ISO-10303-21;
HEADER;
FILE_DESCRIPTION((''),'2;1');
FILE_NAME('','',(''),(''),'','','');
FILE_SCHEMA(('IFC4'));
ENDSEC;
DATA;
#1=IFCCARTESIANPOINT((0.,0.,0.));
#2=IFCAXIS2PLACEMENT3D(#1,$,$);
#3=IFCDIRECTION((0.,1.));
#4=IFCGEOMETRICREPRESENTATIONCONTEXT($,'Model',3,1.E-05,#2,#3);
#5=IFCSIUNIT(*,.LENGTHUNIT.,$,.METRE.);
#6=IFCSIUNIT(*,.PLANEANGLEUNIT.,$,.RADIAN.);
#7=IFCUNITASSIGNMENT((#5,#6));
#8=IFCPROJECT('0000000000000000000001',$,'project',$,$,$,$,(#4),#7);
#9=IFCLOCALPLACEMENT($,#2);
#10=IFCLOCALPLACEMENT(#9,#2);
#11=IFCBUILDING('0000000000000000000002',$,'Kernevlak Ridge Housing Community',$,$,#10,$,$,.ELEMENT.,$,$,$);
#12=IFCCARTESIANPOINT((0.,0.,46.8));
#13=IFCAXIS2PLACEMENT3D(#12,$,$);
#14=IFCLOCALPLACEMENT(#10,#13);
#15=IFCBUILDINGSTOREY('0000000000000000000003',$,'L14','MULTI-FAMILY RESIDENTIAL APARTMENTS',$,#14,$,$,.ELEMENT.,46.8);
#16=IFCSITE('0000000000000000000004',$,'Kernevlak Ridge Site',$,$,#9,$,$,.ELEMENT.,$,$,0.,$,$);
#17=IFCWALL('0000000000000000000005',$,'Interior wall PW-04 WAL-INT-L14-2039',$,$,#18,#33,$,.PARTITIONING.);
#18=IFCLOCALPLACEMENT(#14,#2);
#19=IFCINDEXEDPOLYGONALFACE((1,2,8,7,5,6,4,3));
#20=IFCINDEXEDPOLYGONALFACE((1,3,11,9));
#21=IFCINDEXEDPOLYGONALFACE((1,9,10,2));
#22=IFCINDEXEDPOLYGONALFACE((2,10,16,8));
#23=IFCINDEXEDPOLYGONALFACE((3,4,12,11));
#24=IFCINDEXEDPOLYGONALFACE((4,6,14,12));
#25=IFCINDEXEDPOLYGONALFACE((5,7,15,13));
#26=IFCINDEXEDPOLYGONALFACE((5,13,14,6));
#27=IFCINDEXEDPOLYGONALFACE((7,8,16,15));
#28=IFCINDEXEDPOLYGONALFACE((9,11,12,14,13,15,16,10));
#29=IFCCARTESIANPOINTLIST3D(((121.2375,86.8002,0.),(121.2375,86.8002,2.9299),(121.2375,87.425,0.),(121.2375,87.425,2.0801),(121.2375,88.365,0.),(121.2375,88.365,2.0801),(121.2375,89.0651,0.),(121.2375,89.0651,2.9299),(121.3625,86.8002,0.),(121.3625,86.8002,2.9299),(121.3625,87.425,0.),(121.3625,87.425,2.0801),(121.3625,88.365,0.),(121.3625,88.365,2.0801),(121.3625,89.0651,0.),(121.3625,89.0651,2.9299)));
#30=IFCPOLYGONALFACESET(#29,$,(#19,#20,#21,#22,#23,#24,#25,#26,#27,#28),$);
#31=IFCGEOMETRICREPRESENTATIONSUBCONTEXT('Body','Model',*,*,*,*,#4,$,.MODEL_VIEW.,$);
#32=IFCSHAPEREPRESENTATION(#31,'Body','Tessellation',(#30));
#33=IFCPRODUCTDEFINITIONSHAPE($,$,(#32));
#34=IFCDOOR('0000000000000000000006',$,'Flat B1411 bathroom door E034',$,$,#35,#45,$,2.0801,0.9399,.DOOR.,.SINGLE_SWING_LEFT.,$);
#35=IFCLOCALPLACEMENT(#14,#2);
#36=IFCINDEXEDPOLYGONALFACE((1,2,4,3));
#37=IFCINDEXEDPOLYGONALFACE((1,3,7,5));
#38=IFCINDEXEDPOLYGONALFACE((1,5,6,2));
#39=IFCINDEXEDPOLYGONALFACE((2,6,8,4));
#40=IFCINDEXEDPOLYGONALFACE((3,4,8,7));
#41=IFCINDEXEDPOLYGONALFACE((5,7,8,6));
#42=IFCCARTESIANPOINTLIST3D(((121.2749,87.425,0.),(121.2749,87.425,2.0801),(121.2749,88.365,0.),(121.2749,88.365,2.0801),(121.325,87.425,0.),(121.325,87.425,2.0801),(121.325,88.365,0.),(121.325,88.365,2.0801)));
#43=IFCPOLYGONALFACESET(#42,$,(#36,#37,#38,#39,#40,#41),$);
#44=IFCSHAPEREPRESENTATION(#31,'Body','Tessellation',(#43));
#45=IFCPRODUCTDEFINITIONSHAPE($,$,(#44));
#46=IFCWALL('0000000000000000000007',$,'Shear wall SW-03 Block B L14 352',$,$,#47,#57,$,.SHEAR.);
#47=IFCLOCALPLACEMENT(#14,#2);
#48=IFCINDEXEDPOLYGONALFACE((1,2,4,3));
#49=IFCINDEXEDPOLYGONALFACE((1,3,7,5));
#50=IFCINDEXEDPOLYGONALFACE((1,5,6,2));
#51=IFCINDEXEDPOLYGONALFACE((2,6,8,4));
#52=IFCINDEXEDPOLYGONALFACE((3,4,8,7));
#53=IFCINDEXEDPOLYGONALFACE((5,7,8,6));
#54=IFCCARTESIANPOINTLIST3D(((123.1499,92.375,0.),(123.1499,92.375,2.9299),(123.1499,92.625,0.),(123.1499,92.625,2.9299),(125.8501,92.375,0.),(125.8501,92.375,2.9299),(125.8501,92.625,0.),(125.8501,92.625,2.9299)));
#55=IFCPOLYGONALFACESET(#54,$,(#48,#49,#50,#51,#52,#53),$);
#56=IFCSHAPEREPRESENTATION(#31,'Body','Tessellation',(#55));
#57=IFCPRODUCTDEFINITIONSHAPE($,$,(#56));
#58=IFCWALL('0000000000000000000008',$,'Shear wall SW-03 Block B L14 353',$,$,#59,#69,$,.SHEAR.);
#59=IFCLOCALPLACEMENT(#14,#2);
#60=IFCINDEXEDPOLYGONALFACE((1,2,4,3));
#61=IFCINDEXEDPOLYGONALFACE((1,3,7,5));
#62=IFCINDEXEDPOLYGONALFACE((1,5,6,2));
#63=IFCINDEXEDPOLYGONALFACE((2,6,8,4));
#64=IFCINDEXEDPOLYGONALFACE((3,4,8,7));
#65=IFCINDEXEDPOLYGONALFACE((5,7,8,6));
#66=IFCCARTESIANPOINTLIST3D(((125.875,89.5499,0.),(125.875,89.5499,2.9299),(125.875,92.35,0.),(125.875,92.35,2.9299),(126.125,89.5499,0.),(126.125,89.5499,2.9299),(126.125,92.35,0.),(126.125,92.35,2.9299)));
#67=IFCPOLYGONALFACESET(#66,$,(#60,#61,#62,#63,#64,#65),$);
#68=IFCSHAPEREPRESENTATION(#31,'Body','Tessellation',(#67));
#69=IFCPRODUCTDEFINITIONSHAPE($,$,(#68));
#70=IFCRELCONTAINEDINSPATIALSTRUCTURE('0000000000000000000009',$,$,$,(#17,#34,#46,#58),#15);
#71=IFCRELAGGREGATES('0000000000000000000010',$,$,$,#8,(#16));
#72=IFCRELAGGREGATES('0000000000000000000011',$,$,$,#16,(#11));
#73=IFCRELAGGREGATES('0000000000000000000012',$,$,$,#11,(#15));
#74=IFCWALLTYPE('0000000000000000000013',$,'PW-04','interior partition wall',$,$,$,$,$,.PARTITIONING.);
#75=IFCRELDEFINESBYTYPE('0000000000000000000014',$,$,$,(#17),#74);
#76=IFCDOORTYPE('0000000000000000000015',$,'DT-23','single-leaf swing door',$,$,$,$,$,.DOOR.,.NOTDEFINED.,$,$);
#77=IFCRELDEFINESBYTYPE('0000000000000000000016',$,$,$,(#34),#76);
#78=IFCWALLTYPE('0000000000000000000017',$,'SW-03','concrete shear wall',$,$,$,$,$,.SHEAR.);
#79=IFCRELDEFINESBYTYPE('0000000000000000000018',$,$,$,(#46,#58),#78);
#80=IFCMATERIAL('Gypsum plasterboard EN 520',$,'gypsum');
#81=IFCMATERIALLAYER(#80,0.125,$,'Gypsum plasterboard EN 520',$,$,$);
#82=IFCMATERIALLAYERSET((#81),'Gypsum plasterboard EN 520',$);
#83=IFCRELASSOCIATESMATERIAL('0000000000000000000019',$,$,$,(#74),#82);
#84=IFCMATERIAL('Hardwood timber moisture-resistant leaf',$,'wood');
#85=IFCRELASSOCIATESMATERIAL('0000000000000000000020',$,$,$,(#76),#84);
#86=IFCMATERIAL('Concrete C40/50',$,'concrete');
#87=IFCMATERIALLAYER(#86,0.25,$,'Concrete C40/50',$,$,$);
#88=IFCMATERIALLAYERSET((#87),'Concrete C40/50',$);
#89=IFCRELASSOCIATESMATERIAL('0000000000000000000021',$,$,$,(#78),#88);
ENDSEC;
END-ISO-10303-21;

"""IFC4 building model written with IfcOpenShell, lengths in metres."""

from ifc_helpers import new_model, si_unit, direction, frame, frame_2d, origin, place, context, subcontext, project, spatial, rectangle, extrude, material, layer, layer_set, type_object, element, fill, save


model = new_model("IFC4")

# Units and contexts
model_context = context("Model", 3, precision=1e-05, world=origin(), true_north=direction((0.0, 1.0)))
body_context = subcontext(model_context, "Body", "Model", "MODEL_VIEW")
ifc_project = project(units=[si_unit("LENGTHUNIT", "METRE"), si_unit("PLANEANGLEUNIT", "RADIAN")], contexts=[model_context])

# Site, building, storey
site_placement = place(None, origin())
site = spatial("IfcSite", under=ifc_project, at=site_placement, Name="Kernevlak Ridge Site", CompositionType="ELEMENT", RefElevation=0.0)
building_placement = place(site_placement, origin())
building = spatial("IfcBuilding", under=site, at=building_placement, Name="Kernevlak Ridge Housing Community", CompositionType="ELEMENT")
storey_placement = place(building_placement, frame((0.0, 0.0, 46.8)))
storey = spatial("IfcBuildingStorey", under=building, at=storey_placement, Name="L14", Description="MULTI-FAMILY RESIDENTIAL APARTMENTS", CompositionType="ELEMENT", Elevation=46.8)

# Wall, opening, door
ifc_material_1 = material(Name="Gypsum plasterboard EN 520", Category="gypsum")
ifc_layer_1 = layer(ifc_material_1, 0.125, Name="Gypsum plasterboard EN 520")
ifc_layer_set_1 = layer_set([ifc_layer_1], Name="Gypsum plasterboard EN 520")
wall_type_1 = type_object("IfcWallType", Name="PW-04", Description="interior partition wall", PredefinedType="PARTITIONING", material=ifc_layer_set_1)
wall_1_placement = place(storey_placement, frame((121.3, 89.0649, 0.0), z_axis=(0.0, 0.0, 1.0), x_axis=(0.0, -1.0, 0.0)))
wall_1 = element("IfcWall", 1, at=wall_1_placement, inside=storey, type_object=wall_type_1, Name="Interior wall PW-04 WAL-INT-L14-2039", PredefinedType="PARTITIONING", context=body_context, shape_type="SweptSolid", body=[
    extrude(rectangle(XDim=2.2649, YDim=0.125, at=frame_2d((1.1323, 0.0))), origin(), (0.0, 0.0, 1.0), 2.9299),
])
opening_1_placement = place(wall_1_placement, frame((0.7, 0.0, 0.0)))
opening_1 = element("IfcOpeningElement", 2, at=opening_1_placement, cuts=wall_1, PredefinedType="OPENING", context=body_context, shape_type="SweptSolid", body=[
    extrude(rectangle(XDim=0.9399, YDim=2.0801, at=frame_2d((0.47, 1.04))), frame((0.0, 0.0725, 0.0), z_axis=(0.0, -1.0, 0.0), x_axis=(1.0, 0.0, 0.0)), (0.0, 0.0, 1.0), 0.145),
])
ifc_material_2 = material(Name="Hardwood timber moisture-resistant leaf", Category="wood")
door_type_1 = type_object("IfcDoorType", Name="DT-23", Description="single-leaf swing door", OperationType="NOTDEFINED", PredefinedType="DOOR", material=ifc_material_2)
door_1_placement = place(opening_1_placement, origin())
door_1 = element("IfcDoor", 3, at=door_1_placement, inside=storey, type_object=door_type_1, Name="Flat B1411 bathroom door E034", OperationType="SINGLE_SWING_LEFT", OverallHeight=2.0801, OverallWidth=0.9399, PredefinedType="DOOR", context=body_context, shape_type="SweptSolid", body=[
    extrude(rectangle(XDim=0.9399, YDim=2.0801, at=frame_2d((0.47, 1.04))), frame((0.0, 0.0249, 0.0), z_axis=(0.0, -1.0, 0.0), x_axis=(1.0, 0.0, 0.0)), (0.0, 0.0, 1.0), 0.05),
])
fill(opening_1, door_1)

# Walls
ifc_material_3 = material(Name="Concrete C40/50", Category="concrete")
ifc_layer_2 = layer(ifc_material_3, 0.25, Name="Concrete C40/50")
ifc_layer_set_2 = layer_set([ifc_layer_2], Name="Concrete C40/50")
wall_type_2 = type_object("IfcWallType", Name="SW-03", Description="concrete shear wall", PredefinedType="SHEAR", material=ifc_layer_set_2)
wall_2_placement = place(storey_placement, frame((123.1499, 92.5, 0.0), z_axis=(0.0, 0.0, 1.0), x_axis=(1.0, 0.0, 0.0)))
element("IfcWall", 4, at=wall_2_placement, inside=storey, type_object=wall_type_2, Name="Shear wall SW-03 Block B L14 352", PredefinedType="SHEAR", context=body_context, shape_type="SweptSolid", body=[
    extrude(rectangle(XDim=2.7002, YDim=0.25, at=frame_2d((1.3501, 0.0))), origin(), (0.0, 0.0, 1.0), 2.9299),
])
wall_3_placement = place(storey_placement, frame((126.0, 89.55, 0.0), z_axis=(0.0, 0.0, 1.0), x_axis=(0.0, 1.0, 0.0)))
element("IfcWall", 5, at=wall_3_placement, inside=storey, type_object=wall_type_2, Name="Shear wall SW-03 Block B L14 353", PredefinedType="SHEAR", context=body_context, shape_type="SweptSolid", body=[
    extrude(rectangle(XDim=2.8, YDim=0.25, at=frame_2d((1.3999, 0.0))), origin(), (0.0, 0.0, 1.0), 2.9299),
])

save(model, "model.ifc")
